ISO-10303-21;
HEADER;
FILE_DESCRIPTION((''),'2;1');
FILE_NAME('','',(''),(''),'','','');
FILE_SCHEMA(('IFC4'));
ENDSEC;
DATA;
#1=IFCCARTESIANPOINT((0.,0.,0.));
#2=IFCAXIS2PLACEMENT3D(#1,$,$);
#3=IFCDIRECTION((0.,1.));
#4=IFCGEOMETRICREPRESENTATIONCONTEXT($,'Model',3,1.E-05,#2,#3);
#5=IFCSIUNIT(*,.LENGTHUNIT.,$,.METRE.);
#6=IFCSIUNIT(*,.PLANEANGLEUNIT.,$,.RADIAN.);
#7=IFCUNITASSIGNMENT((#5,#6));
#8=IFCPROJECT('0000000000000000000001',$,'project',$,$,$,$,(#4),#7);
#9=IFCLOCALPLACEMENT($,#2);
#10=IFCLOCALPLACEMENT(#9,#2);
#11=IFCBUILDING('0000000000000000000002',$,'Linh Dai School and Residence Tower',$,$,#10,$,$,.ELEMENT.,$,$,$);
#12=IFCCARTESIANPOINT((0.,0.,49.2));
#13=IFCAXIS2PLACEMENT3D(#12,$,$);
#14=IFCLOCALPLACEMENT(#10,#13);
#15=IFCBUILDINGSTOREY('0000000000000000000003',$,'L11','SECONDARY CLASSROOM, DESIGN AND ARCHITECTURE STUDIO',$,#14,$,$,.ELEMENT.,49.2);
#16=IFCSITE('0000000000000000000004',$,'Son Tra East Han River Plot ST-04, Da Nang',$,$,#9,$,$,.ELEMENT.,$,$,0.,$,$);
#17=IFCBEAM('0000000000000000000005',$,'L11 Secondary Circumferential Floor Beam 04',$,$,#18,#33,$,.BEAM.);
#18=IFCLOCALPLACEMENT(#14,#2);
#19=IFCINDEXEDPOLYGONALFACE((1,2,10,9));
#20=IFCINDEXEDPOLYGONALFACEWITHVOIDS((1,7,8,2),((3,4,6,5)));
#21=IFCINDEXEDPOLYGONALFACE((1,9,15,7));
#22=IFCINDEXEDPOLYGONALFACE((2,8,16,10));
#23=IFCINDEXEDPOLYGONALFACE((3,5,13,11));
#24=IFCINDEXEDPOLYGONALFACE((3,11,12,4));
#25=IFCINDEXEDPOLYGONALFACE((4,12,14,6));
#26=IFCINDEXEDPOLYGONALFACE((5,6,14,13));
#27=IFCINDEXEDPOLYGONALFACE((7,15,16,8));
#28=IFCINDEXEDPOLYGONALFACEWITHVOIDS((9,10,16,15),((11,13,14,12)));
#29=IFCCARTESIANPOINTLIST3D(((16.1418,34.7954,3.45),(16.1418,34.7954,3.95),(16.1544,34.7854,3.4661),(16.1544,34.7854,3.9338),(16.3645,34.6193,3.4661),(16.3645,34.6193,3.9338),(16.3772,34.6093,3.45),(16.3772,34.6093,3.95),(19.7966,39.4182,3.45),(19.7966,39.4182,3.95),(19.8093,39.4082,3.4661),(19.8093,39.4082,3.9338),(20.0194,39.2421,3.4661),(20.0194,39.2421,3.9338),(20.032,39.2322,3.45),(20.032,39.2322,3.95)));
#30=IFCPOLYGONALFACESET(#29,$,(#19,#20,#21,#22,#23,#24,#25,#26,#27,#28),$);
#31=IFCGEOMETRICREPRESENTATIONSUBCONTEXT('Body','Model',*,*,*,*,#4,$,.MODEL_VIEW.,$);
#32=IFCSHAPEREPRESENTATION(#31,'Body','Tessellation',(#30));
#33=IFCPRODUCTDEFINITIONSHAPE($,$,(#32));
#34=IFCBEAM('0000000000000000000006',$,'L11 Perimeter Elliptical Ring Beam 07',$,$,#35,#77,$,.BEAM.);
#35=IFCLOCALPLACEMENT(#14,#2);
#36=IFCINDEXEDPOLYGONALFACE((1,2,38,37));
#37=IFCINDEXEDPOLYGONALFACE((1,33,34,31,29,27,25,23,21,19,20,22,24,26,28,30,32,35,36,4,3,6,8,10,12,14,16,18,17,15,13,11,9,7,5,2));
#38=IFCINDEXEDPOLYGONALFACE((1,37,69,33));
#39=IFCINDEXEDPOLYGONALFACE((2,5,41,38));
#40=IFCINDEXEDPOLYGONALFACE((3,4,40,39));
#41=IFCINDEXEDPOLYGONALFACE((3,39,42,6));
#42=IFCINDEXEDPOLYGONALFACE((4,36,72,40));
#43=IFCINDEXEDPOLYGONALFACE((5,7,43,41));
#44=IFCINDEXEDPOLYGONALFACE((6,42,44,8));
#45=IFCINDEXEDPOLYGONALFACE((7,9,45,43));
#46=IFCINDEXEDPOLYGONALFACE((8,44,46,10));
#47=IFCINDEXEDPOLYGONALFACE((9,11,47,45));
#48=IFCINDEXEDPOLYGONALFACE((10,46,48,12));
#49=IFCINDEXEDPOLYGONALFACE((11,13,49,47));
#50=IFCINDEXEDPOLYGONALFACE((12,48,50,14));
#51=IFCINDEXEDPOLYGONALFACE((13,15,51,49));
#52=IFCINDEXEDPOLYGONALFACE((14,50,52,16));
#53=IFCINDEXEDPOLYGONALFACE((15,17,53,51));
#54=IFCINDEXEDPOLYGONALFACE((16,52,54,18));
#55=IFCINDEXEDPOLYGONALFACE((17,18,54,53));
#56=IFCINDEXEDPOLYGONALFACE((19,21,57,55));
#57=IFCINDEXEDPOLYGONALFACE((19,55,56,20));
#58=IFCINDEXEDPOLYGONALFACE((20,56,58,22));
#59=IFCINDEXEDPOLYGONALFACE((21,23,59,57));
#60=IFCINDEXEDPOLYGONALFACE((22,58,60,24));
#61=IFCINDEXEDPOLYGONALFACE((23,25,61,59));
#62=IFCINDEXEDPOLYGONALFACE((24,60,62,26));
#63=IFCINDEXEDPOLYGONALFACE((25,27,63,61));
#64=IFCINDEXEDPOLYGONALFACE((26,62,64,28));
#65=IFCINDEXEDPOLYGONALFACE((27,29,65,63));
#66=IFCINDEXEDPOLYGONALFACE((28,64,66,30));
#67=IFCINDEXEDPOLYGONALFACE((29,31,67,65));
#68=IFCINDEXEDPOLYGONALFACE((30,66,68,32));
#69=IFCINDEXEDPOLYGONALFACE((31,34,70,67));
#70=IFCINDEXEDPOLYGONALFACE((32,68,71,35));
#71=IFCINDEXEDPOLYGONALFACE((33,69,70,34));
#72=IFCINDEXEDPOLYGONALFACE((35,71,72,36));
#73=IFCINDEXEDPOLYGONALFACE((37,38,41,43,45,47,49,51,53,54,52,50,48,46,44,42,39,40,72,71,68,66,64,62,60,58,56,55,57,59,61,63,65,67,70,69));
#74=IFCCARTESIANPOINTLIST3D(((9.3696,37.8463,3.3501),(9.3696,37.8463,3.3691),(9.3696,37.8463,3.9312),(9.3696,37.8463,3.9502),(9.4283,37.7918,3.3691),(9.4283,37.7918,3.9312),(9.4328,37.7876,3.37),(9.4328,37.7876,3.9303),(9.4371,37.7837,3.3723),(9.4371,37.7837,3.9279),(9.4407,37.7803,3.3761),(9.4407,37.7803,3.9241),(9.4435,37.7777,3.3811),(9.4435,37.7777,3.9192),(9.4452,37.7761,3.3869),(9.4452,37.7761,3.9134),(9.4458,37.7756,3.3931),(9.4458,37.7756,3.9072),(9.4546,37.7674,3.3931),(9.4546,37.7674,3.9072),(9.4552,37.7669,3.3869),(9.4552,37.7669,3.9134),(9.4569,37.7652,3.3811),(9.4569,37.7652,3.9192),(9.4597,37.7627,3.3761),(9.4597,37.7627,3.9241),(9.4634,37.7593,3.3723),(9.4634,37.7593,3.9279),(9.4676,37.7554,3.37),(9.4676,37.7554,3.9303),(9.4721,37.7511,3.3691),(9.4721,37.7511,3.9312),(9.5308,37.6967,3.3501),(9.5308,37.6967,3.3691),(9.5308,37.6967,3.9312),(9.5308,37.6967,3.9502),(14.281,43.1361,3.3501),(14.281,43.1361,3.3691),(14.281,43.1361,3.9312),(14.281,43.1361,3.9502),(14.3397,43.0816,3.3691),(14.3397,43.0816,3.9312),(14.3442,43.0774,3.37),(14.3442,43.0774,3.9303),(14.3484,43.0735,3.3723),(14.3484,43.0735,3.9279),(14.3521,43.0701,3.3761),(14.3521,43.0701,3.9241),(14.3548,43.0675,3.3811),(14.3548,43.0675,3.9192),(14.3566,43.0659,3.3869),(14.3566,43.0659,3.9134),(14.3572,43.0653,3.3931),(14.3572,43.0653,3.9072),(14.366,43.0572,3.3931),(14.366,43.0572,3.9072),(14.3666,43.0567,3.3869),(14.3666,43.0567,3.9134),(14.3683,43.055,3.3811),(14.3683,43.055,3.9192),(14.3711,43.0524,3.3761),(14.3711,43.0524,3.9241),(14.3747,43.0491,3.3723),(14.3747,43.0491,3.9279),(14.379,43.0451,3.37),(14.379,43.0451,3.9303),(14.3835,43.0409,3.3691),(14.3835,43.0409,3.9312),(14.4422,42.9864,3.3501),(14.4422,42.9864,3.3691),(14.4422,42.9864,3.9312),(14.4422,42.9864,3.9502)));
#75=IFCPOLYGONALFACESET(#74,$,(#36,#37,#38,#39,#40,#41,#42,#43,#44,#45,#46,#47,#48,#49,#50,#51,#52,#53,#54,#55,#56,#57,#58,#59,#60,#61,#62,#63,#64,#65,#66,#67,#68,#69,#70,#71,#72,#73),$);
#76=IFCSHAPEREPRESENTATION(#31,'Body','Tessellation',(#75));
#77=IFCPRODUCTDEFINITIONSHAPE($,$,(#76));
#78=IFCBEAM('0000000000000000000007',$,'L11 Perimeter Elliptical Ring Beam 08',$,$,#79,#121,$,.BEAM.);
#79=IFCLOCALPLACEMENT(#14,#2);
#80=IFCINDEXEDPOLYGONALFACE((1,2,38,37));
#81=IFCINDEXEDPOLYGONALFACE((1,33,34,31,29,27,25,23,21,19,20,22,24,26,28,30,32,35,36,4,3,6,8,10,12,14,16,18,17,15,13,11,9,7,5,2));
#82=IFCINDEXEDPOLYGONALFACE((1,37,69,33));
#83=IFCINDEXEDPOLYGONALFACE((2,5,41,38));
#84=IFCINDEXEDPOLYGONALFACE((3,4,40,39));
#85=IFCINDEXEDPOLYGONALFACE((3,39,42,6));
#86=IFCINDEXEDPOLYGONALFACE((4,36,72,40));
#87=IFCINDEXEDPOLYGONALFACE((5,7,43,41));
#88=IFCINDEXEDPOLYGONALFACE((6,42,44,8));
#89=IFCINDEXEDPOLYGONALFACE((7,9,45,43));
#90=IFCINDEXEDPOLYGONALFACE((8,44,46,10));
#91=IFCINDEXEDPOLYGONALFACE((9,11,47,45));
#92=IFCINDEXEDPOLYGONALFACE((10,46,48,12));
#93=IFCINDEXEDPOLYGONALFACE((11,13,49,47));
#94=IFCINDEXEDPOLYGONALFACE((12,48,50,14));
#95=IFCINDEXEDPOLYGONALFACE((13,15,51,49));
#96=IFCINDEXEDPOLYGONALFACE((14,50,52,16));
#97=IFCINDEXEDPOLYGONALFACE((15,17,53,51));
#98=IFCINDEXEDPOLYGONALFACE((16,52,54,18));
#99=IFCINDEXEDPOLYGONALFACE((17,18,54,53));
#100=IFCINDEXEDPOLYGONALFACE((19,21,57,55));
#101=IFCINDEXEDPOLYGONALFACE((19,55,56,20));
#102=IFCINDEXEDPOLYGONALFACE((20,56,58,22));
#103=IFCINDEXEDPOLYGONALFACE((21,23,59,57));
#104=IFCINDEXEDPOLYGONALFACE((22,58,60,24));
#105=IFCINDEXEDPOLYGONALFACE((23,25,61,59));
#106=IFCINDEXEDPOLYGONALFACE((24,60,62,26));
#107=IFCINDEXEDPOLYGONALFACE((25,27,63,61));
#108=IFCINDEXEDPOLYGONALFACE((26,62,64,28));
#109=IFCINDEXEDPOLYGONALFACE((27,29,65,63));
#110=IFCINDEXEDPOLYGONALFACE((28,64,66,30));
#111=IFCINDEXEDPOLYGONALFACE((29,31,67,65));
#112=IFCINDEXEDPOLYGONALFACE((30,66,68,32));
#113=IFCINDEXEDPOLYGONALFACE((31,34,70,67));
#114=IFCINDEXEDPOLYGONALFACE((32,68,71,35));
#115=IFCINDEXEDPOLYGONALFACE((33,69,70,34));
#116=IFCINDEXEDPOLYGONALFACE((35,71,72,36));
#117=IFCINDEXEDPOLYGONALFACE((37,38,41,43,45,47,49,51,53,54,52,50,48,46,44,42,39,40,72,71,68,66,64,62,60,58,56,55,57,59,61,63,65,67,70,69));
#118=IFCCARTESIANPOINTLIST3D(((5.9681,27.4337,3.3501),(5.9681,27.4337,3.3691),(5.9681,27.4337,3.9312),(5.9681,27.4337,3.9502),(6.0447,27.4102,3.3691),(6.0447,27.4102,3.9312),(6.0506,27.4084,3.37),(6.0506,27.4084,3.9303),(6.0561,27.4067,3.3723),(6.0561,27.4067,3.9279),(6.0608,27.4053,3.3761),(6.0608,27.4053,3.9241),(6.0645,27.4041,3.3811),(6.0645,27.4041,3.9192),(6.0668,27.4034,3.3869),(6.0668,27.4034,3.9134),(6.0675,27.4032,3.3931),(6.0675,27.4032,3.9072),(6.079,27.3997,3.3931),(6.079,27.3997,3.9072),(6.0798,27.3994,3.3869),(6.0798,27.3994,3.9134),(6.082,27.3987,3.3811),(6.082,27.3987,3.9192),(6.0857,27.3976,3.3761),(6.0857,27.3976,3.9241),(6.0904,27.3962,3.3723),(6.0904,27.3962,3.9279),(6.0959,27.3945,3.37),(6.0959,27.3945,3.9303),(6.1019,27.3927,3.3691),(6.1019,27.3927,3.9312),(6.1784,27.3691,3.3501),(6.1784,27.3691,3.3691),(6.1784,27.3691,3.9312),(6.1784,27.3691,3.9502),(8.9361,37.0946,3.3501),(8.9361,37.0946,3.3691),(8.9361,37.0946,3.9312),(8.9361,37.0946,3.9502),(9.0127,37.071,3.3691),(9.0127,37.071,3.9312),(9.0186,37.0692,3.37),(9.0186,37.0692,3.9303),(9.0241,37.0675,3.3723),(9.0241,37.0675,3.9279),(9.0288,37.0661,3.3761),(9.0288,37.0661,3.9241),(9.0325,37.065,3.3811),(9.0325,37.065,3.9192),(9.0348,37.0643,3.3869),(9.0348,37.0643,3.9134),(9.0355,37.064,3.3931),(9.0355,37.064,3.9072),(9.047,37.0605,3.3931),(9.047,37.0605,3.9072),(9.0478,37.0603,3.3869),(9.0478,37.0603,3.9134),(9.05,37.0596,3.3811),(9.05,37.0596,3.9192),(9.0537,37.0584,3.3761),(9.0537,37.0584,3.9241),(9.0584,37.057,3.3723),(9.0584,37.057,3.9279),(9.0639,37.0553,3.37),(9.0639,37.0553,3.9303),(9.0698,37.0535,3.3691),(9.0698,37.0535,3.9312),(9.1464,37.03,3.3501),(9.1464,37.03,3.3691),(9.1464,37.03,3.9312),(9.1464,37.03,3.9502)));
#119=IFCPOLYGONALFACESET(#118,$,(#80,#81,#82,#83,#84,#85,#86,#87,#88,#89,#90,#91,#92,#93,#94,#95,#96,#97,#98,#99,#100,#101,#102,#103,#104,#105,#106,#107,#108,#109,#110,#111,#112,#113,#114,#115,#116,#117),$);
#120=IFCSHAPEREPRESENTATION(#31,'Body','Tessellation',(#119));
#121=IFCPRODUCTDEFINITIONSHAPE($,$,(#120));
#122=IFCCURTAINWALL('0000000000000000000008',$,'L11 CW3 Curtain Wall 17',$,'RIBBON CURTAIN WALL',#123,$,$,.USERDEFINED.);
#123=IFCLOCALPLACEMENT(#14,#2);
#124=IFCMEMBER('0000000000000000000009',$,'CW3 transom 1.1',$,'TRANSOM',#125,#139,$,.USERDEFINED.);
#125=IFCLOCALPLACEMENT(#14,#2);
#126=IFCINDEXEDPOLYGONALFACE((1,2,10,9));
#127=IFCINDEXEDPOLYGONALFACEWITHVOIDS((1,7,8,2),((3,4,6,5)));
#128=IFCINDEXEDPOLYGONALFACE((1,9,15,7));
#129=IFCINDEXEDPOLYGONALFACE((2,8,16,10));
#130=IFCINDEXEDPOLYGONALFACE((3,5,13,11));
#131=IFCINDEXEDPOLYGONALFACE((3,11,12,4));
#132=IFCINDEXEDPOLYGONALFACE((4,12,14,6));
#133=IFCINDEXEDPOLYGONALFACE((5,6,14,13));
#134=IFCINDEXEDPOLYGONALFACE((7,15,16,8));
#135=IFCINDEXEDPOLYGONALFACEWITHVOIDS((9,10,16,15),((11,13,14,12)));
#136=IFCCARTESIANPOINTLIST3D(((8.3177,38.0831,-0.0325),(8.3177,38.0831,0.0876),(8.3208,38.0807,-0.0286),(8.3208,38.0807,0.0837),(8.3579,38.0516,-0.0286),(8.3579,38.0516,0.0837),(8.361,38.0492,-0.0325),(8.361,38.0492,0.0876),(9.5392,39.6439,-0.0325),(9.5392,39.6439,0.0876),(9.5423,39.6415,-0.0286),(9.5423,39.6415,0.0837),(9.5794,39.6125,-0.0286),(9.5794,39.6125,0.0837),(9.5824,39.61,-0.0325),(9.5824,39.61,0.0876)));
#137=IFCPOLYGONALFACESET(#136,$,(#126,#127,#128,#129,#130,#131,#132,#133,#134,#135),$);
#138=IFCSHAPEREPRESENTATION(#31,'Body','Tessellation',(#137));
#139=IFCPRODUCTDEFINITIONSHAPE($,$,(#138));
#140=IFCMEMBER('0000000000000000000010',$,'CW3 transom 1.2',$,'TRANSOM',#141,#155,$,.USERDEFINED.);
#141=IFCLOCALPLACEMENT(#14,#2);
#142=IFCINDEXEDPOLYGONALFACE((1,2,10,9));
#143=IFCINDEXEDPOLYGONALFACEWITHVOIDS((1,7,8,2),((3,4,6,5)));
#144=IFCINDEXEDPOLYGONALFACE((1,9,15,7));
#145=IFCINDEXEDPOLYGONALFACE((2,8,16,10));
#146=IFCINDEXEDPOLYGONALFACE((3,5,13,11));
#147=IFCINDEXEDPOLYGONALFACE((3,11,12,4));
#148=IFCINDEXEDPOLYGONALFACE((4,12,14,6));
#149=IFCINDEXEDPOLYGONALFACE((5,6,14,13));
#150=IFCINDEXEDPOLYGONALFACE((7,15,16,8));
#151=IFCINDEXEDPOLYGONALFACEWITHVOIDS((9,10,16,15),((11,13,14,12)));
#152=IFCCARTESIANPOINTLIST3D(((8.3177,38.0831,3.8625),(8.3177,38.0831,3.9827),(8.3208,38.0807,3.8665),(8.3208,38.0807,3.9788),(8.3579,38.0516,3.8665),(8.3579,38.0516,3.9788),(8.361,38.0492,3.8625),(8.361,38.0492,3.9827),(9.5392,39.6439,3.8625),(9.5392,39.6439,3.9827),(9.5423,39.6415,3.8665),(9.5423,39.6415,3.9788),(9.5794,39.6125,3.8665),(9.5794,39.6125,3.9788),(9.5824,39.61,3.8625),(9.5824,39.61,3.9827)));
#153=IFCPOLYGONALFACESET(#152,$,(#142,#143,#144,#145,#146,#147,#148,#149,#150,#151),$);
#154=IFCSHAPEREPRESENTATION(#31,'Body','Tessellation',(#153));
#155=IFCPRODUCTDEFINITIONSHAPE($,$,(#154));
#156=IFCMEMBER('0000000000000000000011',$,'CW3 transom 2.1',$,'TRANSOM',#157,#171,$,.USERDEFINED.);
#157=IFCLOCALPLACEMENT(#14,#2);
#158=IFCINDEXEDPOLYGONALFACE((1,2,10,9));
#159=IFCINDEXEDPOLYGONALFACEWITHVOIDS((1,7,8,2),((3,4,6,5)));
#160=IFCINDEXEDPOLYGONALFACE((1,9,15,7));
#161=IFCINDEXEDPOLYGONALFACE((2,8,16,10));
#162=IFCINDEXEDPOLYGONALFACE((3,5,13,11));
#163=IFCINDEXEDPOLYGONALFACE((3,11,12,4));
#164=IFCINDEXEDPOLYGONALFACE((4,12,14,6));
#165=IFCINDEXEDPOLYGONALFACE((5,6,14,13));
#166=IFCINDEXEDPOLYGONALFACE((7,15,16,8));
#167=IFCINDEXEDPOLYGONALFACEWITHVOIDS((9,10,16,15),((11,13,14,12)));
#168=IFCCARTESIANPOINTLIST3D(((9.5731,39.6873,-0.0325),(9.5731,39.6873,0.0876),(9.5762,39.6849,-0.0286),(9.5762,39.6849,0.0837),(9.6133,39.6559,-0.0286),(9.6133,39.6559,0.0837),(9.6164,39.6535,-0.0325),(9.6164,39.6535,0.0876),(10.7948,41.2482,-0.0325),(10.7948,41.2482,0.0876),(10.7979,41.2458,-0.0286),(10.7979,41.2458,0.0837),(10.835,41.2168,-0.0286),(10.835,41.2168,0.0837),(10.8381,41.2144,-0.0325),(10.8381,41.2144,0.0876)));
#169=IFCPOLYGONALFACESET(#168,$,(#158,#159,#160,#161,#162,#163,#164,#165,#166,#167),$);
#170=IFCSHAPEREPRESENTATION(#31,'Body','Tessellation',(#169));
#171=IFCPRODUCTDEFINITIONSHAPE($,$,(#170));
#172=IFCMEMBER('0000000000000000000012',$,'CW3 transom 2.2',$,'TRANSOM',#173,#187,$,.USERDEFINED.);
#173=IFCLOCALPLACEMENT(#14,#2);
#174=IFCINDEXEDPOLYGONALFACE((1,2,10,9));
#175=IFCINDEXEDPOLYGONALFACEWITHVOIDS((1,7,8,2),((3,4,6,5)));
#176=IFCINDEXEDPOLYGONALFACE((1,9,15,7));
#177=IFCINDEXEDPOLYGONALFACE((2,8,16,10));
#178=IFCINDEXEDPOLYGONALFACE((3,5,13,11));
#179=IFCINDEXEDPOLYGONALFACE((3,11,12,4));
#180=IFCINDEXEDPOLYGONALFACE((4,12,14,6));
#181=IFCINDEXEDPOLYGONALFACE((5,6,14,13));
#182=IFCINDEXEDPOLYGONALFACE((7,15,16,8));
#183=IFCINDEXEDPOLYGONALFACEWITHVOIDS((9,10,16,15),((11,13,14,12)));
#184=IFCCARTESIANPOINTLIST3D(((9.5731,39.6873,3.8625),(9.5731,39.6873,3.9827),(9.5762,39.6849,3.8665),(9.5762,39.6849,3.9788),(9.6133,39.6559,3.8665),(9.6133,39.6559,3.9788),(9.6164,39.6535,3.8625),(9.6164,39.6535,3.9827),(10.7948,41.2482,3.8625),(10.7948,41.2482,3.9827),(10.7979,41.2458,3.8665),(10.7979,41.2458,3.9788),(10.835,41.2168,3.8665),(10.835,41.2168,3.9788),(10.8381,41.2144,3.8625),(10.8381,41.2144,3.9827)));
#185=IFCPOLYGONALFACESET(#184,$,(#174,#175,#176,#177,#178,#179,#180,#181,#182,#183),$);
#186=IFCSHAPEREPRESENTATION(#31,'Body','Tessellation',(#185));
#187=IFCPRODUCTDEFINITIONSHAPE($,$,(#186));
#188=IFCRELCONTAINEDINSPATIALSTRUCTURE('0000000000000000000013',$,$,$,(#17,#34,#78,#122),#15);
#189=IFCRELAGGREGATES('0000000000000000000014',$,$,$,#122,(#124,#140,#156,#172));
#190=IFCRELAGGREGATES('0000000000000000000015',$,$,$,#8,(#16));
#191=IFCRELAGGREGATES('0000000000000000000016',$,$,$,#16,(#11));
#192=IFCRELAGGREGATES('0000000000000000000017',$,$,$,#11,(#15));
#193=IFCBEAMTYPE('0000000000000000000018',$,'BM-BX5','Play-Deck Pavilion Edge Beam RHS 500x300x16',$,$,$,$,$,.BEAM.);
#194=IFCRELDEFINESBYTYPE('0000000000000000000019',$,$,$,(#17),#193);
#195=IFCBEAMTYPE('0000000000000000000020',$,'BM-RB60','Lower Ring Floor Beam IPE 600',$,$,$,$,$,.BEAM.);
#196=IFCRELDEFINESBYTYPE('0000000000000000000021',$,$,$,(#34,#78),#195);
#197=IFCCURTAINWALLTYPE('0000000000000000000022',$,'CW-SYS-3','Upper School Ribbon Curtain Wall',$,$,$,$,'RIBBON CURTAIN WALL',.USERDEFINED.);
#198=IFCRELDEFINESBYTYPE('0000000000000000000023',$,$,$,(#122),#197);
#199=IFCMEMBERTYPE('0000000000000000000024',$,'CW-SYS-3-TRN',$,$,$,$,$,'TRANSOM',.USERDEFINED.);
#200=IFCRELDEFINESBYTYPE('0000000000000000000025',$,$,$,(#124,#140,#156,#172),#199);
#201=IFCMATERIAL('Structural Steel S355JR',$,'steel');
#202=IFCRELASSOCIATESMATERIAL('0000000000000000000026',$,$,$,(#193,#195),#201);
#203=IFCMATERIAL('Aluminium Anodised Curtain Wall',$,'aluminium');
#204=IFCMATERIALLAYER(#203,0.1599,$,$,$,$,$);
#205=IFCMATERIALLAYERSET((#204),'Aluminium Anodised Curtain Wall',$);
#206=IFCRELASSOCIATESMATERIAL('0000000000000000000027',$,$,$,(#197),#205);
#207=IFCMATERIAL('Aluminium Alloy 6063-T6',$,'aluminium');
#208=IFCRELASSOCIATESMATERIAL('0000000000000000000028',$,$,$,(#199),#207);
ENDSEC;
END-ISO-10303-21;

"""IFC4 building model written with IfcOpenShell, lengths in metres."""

from ifc_helpers import new_model, si_unit, direction, frame, origin, origin_2d, place, context, subcontext, project, spatial, hollow_rectangle, i_section, extrude, source, transform, mapped, material, layer, layer_set, material_profile, profile_set, type_object, element, aggregate, save


model = new_model("IFC4")

# Units and contexts
model_context = context("Model", 3, precision=1e-05, world=origin(), true_north=direction((0.0, 1.0)))
body_context = subcontext(model_context, "Body", "Model", "MODEL_VIEW")
ifc_project = project(units=[si_unit("LENGTHUNIT", "METRE"), si_unit("PLANEANGLEUNIT", "RADIAN")], contexts=[model_context])

# Site, building, storey
site_placement = place(None, origin())
site = spatial("IfcSite", under=ifc_project, at=site_placement, Name="Son Tra East Han River Plot ST-04, Da Nang", CompositionType="ELEMENT", RefElevation=0.0)
building_placement = place(site_placement, origin())
building = spatial("IfcBuilding", under=site, at=building_placement, Name="Linh Dai School and Residence Tower", CompositionType="ELEMENT")
storey_placement = place(building_placement, frame((0.0, 0.0, 49.2)))
storey = spatial("IfcBuildingStorey", under=building, at=storey_placement, Name="L11", Description="SECONDARY CLASSROOM, DESIGN AND ARCHITECTURE STUDIO", CompositionType="ELEMENT", Elevation=49.2)

# Shared definitions
ifc_material_1 = material(Name="Structural Steel S355JR", Category="steel")

# Beams
ifc_material_profile_1 = material_profile(ifc_material_1, hollow_rectangle(XDim=0.3, YDim=0.5, WallThickness=0.0161, at=origin_2d()), Name="RHS 500x300x16")
ifc_profile_set_1 = profile_set([ifc_material_profile_1], Name="Structural Steel S355JR")
beam_type_1 = type_object("IfcBeamType", Name="BM-BX5", Description="Play-Deck Pavilion Edge Beam RHS 500x300x16", PredefinedType="BEAM", material=ifc_profile_set_1)
beam_1_placement = place(storey_placement, frame((19.9143, 39.3252, 3.7), z_axis=(-0.620188, -0.784453, 0.0), x_axis=(0.784453, -0.620188, 0.0)))
element("IfcBeam", 1, at=beam_1_placement, inside=storey, type_object=beam_type_1, Name="L11 Secondary Circumferential Floor Beam 04", PredefinedType="BEAM", context=body_context, shape_type="SweptSolid", body=[
    extrude(hollow_rectangle(XDim=0.3, YDim=0.5, WallThickness=0.0161, at=origin_2d()), origin(), (0.0, 0.0, 1.0), 5.8931),
])
ifc_material_profile_2 = material_profile(ifc_material_1, i_section(OverallWidth=0.22, OverallDepth=0.6001, WebThickness=0.012, FlangeThickness=0.019, FilletRadius=0.0239, at=origin_2d()), Name="IPE 600")
ifc_profile_set_2 = profile_set([ifc_material_profile_2], Name="Structural Steel S355JR")
beam_type_2 = type_object("IfcBeamType", Name="BM-RB60", Description="Lower Ring Floor Beam IPE 600", PredefinedType="BEAM", material=ifc_profile_set_2)
beam_2_placement = place(storey_placement, frame((14.3616, 43.0613, 3.6501), z_axis=(-0.680408, -0.732833, 0.0), x_axis=(0.732833, -0.680408, 0.0)))
element("IfcBeam", 2, at=beam_2_placement, inside=storey, type_object=beam_type_2, Name="L11 Perimeter Elliptical Ring Beam 07", PredefinedType="BEAM", context=body_context, shape_type="SweptSolid", body=[
    extrude(i_section(OverallWidth=0.22, OverallDepth=0.6001, WebThickness=0.012, FlangeThickness=0.019, FilletRadius=0.0239, at=origin_2d()), origin(), (0.0, 0.0, 1.0), 7.2183),
])
beam_3_placement = place(storey_placement, frame((9.0413, 37.0623, 3.6501), z_axis=(-0.293673, -0.955906, 0.0), x_axis=(0.955906, -0.293673, 0.0)))
element("IfcBeam", 3, at=beam_3_placement, inside=storey, type_object=beam_type_2, Name="L11 Perimeter Elliptical Ring Beam 08", PredefinedType="BEAM", context=body_context, shape_type="SweptSolid", body=[
    extrude(i_section(OverallWidth=0.22, OverallDepth=0.6001, WebThickness=0.012, FlangeThickness=0.019, FilletRadius=0.0239, at=origin_2d()), origin(), (0.0, 0.0, 1.0), 10.1064),
])

# Curtain wall, members
ifc_material_2 = material(Name="Aluminium Anodised Curtain Wall", Category="aluminium")
ifc_layer_1 = layer(ifc_material_2, 0.1599)
ifc_layer_set_1 = layer_set([ifc_layer_1], Name="Aluminium Anodised Curtain Wall")
curtain_wall_type = type_object("IfcCurtainWallType", Name="CW-SYS-3", Description="Upper School Ribbon Curtain Wall", ElementType="RIBBON CURTAIN WALL", PredefinedType="USERDEFINED", material=ifc_layer_set_1)
curtain_wall_placement = place(storey_placement, origin())
curtain_wall = element("IfcCurtainWall", 4, at=curtain_wall_placement, inside=storey, type_object=curtain_wall_type, Name="L11 CW3 Curtain Wall 17", ObjectType="RIBBON CURTAIN WALL", PredefinedType="USERDEFINED")
ifc_material_3 = material(Name="Aluminium Alloy 6063-T6", Category="aluminium")
ifc_material_profile_3 = material_profile(ifc_material_3, hollow_rectangle(XDim=0.0549, YDim=0.1201, WallThickness=0.0039, at=origin_2d()), Name="RHS 120x55x4")
ifc_profile_set_3 = profile_set([ifc_material_profile_3], Name="Aluminium Alloy 6063-T6")
member_type_1 = type_object("IfcMemberType", Name="CW-SYS-3-TRN", ElementType="TRANSOM", PredefinedType="USERDEFINED", material=ifc_profile_set_3)
shared_shape_1 = source(origin(), body_context, "Body", "SweptSolid", [
    extrude(hollow_rectangle(XDim=0.0549, YDim=0.1201, WallThickness=0.0039, at=origin_2d()), origin(), (0.0, 0.0, 1.0), 1.9819),
])
member_1_placement = place(storey_placement, frame((8.3394, 38.0662, 0.0276), z_axis=(0.616292, 0.787518, 0.0), x_axis=(-0.787518, 0.616292, 0.0)))
member_1 = element("IfcMember", 5, at=member_1_placement, type_object=member_type_1, Name="CW3 transom 1.1", ObjectType="TRANSOM", PredefinedType="USERDEFINED", context=body_context, shape_type="MappedRepresentation", body=[
    mapped(shared_shape_1, transform((0.0, 0.0, 0.0), x_axis=(1.0, 0.0, 0.0), y_axis=(0.0, 1.0, 0.0), z_axis=(0.0, 0.0, 1.0), scale=1.0)),
])
member_2_placement = place(storey_placement, frame((8.3394, 38.0662, 3.9226), z_axis=(0.616292, 0.787518, 0.0), x_axis=(-0.787518, 0.616292, 0.0)))
member_2 = element("IfcMember", 6, at=member_2_placement, type_object=member_type_1, Name="CW3 transom 1.2", ObjectType="TRANSOM", PredefinedType="USERDEFINED", context=body_context, shape_type="MappedRepresentation", body=[
    mapped(shared_shape_1, transform((0.0, 0.0, 0.0), x_axis=(1.0, 0.0, 0.0), y_axis=(0.0, 1.0, 0.0), z_axis=(0.0, 0.0, 1.0), scale=1.0)),
])
shared_shape_2 = source(origin(), body_context, "Body", "SweptSolid", [
    extrude(hollow_rectangle(XDim=0.0549, YDim=0.1201, WallThickness=0.0039, at=origin_2d()), origin(), (0.0, 0.0, 1.0), 1.9822),
])
member_3_placement = place(storey_placement, frame((9.5947, 39.6704, 0.0276), z_axis=(0.616368, 0.787458, 0.0), x_axis=(-0.787458, 0.616368, 0.0)))
member_3 = element("IfcMember", 7, at=member_3_placement, type_object=member_type_1, Name="CW3 transom 2.1", ObjectType="TRANSOM", PredefinedType="USERDEFINED", context=body_context, shape_type="MappedRepresentation", body=[
    mapped(shared_shape_2, transform((0.0, 0.0, 0.0), x_axis=(1.0, 0.0, 0.0), y_axis=(0.0, 1.0, 0.0), z_axis=(0.0, 0.0, 1.0), scale=1.0)),
])
member_4_placement = place(storey_placement, frame((9.5947, 39.6704, 3.9226), z_axis=(0.616368, 0.787458, 0.0), x_axis=(-0.787458, 0.616368, 0.0)))
member_4 = element("IfcMember", 8, at=member_4_placement, type_object=member_type_1, Name="CW3 transom 2.2", ObjectType="TRANSOM", PredefinedType="USERDEFINED", context=body_context, shape_type="MappedRepresentation", body=[
    mapped(shared_shape_2, transform((0.0, 0.0, 0.0), x_axis=(1.0, 0.0, 0.0), y_axis=(0.0, 1.0, 0.0), z_axis=(0.0, 0.0, 1.0), scale=1.0)),
])

aggregate(curtain_wall, [member_1, member_2, member_3, member_4])

save(model, "model.ifc")
